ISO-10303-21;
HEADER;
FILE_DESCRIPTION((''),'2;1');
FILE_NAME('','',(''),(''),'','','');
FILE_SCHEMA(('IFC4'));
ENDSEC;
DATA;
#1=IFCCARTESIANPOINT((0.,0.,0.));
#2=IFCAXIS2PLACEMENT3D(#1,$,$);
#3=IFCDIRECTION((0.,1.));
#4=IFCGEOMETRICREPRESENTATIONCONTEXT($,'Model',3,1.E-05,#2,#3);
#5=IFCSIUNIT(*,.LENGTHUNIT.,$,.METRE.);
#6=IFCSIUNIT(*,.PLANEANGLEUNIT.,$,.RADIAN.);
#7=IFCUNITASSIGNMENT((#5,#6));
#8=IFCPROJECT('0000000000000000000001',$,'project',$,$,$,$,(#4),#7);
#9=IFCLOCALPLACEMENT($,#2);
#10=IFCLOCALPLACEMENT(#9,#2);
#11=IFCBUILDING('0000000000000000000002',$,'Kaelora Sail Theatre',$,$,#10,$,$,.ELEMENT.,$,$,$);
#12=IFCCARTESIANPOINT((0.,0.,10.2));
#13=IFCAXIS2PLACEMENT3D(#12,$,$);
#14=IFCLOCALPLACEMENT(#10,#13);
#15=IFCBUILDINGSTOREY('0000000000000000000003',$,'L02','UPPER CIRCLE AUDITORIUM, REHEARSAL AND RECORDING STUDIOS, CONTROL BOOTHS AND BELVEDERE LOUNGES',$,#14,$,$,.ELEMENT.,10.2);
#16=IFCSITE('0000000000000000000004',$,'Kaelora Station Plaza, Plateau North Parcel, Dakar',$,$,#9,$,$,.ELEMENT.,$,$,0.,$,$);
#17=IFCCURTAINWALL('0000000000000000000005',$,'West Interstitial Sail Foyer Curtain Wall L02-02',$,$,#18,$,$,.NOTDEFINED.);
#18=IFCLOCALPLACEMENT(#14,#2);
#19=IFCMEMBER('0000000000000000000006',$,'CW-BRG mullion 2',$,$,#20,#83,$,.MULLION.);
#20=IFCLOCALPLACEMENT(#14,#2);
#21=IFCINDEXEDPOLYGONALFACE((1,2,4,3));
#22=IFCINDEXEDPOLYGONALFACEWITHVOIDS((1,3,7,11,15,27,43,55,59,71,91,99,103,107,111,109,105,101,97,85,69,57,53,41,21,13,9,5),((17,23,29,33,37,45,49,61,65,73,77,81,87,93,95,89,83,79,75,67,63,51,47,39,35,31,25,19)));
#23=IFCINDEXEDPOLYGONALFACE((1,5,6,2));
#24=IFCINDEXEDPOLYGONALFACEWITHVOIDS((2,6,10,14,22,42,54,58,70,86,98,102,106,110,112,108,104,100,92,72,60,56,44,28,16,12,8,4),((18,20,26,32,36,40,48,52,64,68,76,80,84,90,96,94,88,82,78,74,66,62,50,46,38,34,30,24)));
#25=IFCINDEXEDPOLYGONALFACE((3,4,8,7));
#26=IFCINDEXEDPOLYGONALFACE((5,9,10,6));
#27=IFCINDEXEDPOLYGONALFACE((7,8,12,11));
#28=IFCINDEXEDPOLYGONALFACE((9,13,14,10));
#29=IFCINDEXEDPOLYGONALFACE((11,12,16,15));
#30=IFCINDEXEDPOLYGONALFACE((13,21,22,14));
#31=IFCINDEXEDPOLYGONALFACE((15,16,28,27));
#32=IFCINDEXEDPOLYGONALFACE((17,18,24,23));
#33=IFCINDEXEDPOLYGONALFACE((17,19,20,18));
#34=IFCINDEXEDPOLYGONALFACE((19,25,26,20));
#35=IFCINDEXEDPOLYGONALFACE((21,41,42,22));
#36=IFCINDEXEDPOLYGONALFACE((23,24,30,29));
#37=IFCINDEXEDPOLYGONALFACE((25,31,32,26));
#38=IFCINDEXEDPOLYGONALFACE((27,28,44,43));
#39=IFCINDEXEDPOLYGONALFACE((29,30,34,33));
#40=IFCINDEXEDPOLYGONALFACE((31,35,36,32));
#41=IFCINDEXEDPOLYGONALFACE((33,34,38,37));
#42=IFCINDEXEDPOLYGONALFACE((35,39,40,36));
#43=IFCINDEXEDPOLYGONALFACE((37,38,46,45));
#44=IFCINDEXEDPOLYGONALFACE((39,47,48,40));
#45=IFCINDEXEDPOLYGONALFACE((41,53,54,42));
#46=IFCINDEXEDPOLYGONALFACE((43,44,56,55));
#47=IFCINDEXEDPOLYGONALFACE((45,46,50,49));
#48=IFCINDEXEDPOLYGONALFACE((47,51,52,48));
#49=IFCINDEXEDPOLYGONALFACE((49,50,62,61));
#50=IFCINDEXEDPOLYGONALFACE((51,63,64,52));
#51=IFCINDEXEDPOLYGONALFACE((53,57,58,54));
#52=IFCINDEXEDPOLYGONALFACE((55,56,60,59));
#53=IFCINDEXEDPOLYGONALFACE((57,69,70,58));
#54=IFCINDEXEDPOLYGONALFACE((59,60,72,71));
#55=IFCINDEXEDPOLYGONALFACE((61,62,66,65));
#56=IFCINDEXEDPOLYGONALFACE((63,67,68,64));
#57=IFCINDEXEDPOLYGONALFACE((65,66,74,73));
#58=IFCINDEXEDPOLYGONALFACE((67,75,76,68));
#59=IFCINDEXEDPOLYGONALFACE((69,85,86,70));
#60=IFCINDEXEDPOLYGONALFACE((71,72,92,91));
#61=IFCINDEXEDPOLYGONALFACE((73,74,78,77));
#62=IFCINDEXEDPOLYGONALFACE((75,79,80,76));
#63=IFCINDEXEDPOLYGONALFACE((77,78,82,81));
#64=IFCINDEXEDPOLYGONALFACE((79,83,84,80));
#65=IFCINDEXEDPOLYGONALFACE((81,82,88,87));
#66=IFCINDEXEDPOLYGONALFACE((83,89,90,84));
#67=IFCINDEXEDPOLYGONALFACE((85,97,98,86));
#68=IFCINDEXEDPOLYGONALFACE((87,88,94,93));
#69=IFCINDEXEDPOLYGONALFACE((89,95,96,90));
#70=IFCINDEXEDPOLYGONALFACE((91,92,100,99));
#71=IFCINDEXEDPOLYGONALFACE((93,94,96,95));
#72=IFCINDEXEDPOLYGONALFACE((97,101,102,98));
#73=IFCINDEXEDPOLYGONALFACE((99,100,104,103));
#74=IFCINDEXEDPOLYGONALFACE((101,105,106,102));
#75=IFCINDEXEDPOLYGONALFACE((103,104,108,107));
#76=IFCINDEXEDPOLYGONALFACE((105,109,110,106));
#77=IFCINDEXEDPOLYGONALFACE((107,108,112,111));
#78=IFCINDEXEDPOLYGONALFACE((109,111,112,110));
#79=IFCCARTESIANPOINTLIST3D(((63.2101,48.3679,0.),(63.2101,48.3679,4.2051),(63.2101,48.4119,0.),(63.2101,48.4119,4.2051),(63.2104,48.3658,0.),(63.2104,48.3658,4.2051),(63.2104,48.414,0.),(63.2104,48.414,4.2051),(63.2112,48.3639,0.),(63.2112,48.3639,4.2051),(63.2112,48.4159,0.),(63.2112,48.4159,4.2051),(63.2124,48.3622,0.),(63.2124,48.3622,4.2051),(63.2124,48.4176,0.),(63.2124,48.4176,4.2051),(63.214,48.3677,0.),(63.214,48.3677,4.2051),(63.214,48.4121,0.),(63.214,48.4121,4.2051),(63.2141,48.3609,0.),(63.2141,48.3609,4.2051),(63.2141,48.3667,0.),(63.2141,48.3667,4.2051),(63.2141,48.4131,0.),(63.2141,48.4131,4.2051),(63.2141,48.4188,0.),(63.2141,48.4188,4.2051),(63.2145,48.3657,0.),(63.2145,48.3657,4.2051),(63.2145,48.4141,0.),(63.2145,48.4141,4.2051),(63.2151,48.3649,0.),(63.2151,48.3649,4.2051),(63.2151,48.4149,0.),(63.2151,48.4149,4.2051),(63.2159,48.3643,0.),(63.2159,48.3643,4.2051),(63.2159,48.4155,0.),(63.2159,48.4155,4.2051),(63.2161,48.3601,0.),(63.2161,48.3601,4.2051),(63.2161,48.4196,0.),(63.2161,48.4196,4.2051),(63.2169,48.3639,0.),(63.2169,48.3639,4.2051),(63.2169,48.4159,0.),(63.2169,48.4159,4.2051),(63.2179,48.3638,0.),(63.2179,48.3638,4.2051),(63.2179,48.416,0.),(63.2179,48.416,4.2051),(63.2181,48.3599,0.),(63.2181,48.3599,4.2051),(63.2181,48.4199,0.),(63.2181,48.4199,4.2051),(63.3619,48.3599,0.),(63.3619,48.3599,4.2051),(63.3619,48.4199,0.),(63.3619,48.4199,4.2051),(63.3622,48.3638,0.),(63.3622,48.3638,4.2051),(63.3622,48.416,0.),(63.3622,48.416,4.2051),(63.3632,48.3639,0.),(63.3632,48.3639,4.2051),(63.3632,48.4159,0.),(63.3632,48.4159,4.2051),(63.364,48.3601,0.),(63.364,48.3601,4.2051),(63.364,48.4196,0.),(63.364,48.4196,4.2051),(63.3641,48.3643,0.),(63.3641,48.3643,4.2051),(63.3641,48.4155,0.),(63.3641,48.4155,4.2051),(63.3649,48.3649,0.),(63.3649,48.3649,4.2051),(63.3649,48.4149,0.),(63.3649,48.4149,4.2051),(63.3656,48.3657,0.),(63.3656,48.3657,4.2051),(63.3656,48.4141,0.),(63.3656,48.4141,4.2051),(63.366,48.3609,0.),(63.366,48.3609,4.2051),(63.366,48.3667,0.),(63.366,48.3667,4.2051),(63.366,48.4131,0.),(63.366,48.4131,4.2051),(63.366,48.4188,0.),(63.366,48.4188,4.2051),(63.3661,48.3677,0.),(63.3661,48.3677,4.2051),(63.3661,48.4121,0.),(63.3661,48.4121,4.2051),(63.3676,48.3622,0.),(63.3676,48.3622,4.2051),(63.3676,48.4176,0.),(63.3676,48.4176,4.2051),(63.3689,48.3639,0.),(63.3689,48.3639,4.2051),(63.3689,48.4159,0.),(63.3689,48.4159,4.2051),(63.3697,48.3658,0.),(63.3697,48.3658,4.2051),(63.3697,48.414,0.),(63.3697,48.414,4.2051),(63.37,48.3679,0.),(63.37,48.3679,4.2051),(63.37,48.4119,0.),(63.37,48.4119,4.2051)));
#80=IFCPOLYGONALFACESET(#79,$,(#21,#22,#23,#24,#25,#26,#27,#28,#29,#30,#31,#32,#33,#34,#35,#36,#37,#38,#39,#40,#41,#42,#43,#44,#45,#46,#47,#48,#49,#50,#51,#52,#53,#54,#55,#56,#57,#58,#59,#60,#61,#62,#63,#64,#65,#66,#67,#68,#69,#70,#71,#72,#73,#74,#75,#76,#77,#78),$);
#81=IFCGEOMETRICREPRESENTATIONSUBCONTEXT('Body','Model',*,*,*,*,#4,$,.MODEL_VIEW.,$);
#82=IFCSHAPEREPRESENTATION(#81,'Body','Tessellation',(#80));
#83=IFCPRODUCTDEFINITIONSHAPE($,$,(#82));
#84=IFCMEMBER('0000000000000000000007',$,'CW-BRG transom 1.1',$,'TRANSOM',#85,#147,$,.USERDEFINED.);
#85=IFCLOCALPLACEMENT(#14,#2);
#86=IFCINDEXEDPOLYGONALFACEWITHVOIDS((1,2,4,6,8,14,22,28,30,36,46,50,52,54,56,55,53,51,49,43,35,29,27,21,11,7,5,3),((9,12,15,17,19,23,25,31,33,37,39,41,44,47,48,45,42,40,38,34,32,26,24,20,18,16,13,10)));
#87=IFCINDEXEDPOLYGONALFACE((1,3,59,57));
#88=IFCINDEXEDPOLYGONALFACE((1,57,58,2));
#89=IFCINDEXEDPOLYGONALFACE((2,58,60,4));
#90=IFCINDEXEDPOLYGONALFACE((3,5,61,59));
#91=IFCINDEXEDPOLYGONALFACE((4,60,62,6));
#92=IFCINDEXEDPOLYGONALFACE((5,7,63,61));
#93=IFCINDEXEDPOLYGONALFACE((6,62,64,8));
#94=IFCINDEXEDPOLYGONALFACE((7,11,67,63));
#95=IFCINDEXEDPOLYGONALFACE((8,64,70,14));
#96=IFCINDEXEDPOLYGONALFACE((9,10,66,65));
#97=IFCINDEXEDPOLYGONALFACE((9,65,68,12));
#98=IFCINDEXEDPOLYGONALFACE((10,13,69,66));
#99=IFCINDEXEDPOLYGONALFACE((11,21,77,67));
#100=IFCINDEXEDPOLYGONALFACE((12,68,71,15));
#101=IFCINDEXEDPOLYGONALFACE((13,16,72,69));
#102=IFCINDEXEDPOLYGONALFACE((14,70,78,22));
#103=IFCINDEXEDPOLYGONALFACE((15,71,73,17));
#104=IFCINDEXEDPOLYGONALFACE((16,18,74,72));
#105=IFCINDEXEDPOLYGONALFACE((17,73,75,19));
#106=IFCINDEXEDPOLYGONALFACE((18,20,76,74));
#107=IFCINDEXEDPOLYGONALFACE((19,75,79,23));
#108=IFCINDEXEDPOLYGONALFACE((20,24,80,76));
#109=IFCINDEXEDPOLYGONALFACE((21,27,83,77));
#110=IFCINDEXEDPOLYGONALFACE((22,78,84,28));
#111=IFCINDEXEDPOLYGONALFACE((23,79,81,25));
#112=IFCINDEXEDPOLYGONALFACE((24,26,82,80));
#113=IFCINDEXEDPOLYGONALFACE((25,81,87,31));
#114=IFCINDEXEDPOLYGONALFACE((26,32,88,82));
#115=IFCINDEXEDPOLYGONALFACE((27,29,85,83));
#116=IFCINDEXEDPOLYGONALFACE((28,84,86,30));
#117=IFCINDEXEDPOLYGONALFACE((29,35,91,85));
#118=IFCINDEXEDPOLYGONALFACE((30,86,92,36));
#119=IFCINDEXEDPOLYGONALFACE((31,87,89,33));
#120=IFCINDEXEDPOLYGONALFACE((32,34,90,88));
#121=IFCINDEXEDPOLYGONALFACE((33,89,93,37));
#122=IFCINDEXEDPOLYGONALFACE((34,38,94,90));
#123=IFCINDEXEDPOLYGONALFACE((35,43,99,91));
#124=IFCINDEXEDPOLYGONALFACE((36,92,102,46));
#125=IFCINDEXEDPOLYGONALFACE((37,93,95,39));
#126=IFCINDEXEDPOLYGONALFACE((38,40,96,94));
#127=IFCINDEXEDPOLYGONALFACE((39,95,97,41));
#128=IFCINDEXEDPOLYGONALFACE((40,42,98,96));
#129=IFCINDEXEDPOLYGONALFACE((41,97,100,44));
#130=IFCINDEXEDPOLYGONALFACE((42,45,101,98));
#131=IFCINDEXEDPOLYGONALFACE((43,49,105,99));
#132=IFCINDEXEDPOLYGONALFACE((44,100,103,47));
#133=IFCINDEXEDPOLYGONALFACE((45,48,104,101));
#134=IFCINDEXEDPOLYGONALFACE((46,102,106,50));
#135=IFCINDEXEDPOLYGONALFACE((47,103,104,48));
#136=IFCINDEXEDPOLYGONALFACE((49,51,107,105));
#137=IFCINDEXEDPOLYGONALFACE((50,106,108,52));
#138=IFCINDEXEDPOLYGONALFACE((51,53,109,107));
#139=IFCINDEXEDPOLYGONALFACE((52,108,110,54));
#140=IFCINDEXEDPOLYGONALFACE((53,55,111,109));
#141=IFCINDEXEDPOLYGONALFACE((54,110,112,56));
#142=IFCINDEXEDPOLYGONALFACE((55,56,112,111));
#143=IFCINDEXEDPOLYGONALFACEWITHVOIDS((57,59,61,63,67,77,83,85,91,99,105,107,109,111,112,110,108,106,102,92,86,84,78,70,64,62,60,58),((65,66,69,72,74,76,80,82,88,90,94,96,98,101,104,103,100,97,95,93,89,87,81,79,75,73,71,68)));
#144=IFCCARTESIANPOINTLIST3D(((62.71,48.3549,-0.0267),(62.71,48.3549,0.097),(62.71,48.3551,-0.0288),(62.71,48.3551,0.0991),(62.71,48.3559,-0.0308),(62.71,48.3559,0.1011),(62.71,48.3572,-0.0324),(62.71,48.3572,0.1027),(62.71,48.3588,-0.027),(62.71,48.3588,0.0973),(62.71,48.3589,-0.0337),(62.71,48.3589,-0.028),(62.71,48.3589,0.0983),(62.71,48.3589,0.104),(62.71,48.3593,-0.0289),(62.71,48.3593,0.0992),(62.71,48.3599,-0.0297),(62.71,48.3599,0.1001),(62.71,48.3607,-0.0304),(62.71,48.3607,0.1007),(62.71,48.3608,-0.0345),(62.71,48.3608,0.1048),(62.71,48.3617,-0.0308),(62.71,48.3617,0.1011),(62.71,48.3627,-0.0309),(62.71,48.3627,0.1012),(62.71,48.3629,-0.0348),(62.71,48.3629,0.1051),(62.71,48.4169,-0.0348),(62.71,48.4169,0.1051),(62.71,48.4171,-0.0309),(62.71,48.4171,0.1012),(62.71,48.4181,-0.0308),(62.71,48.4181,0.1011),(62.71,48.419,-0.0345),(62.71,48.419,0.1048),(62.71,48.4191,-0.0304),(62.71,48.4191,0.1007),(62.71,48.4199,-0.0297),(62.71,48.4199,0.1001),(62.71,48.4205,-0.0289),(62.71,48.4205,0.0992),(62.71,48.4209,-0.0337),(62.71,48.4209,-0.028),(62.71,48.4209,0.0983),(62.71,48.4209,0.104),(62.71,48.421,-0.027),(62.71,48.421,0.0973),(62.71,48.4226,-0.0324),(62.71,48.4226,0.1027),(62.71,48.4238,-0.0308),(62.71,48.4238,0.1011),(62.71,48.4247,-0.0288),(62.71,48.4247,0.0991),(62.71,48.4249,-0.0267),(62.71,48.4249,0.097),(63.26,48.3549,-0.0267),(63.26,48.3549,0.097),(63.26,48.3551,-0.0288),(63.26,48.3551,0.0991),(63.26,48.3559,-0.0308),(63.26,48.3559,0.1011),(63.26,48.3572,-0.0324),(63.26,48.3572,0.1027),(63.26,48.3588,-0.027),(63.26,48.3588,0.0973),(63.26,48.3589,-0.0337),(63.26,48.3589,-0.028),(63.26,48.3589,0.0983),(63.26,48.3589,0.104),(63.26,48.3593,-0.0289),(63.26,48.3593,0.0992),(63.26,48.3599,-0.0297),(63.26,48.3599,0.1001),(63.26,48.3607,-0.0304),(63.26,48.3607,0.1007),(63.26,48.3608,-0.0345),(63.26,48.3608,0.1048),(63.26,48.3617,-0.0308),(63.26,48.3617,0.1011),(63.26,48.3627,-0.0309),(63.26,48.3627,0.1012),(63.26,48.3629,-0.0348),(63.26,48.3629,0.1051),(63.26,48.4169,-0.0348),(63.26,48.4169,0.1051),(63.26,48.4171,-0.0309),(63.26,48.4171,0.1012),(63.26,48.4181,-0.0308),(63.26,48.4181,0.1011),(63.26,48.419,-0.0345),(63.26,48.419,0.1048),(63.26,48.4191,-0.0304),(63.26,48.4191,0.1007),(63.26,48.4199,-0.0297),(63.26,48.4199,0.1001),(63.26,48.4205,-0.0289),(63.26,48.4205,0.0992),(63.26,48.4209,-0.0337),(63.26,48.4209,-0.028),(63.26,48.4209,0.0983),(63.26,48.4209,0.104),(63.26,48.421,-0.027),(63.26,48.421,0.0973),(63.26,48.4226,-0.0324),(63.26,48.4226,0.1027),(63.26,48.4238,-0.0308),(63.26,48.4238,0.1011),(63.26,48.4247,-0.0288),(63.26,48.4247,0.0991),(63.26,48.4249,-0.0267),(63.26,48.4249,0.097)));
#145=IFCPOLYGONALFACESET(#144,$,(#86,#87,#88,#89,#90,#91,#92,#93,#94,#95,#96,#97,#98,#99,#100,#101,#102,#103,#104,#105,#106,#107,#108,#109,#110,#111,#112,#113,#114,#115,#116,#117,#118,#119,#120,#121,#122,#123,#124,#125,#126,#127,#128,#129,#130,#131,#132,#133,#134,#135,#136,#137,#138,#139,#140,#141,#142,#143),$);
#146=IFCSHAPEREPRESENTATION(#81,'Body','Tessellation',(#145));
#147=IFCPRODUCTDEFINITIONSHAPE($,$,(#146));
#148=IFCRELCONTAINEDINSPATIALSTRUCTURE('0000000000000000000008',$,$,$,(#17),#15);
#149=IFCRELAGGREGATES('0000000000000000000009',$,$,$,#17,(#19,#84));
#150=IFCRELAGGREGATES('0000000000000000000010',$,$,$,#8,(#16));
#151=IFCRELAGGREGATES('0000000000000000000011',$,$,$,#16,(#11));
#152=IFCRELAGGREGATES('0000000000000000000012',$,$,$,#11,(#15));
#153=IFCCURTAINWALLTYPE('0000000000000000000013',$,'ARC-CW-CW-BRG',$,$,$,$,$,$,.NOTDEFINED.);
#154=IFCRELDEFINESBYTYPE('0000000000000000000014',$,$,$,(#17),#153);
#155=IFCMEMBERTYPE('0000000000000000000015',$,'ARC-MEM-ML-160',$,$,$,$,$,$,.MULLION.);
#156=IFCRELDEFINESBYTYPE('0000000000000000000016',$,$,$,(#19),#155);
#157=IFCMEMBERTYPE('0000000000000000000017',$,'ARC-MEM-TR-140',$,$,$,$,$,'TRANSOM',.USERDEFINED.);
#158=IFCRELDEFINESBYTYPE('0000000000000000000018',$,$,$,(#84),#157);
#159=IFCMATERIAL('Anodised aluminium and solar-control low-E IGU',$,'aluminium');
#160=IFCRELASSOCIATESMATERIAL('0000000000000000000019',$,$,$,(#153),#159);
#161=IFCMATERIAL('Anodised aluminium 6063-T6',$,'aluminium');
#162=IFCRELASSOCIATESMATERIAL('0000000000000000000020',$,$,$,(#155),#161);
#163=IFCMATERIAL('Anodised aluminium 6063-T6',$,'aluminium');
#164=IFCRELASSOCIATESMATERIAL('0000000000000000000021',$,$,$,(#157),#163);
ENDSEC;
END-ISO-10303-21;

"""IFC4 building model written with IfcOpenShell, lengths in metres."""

from ifc_helpers import new_model, si_unit, direction, frame, origin, origin_2d, place, context, subcontext, project, spatial, hollow_rectangle, extrude, material, material_profile, profile_set, type_object, element, aggregate, save


model = new_model("IFC4")

# Units and contexts
model_context = context("Model", 3, precision=1e-05, world=origin(), true_north=direction((0.0, 1.0)))
body_context = subcontext(model_context, "Body", "Model", "MODEL_VIEW")
ifc_project = project(units=[si_unit("LENGTHUNIT", "METRE"), si_unit("PLANEANGLEUNIT", "RADIAN")], contexts=[model_context])

# Site, building, storey
site_placement = place(None, origin())
site = spatial("IfcSite", under=ifc_project, at=site_placement, Name="Kaelora Station Plaza, Plateau North Parcel, Dakar", CompositionType="ELEMENT", RefElevation=0.0)
building_placement = place(site_placement, origin())
building = spatial("IfcBuilding", under=site, at=building_placement, Name="Kaelora Sail Theatre", CompositionType="ELEMENT")
storey_placement = place(building_placement, frame((0.0, 0.0, 10.2)))
storey = spatial("IfcBuildingStorey", under=building, at=storey_placement, Name="L02", Description="UPPER CIRCLE AUDITORIUM, REHEARSAL AND RECORDING STUDIOS, CONTROL BOOTHS AND BELVEDERE LOUNGES", CompositionType="ELEMENT", Elevation=10.2)

# Shared definitions
ifc_material_1 = material(Name="Anodised aluminium and solar-control low-E IGU", Category="aluminium")
curtain_wall_type = type_object("IfcCurtainWallType", Name="ARC-CW-CW-BRG", PredefinedType="NOTDEFINED", material=ifc_material_1)
ifc_material_2 = material(Name="Anodised aluminium 6063-T6", Category="aluminium")
ifc_material_profile_1 = material_profile(ifc_material_2, hollow_rectangle(XDim=0.0601, YDim=0.1599, WallThickness=0.0039, InnerFilletRadius=0.0039, OuterFilletRadius=0.0081, at=origin_2d()), Name="ALU-MULL 60x160x4")
ifc_profile_set_1 = profile_set([ifc_material_profile_1], Name="Anodised aluminium 6063-T6")
member_type_1 = type_object("IfcMemberType", Name="ARC-MEM-ML-160", PredefinedType="MULLION", material=ifc_profile_set_1)

# Curtain wall, members
curtain_wall_1_placement = place(storey_placement, origin())
curtain_wall_1 = element("IfcCurtainWall", 1, at=curtain_wall_1_placement, inside=storey, type_object=curtain_wall_type, Name="West Interstitial Sail Foyer Curtain Wall L02-02", PredefinedType="NOTDEFINED")
member_1_placement = place(storey_placement, frame((63.29, 48.3899, 0.0), z_axis=(0.0, 0.0, 1.0), x_axis=(0.0, 1.0, 0.0)))
member_1 = element("IfcMember", 2, at=member_1_placement, type_object=member_type_1, Name="CW-BRG mullion 2", PredefinedType="MULLION", context=body_context, shape_type="SweptSolid", body=[
    extrude(hollow_rectangle(XDim=0.0601, YDim=0.1599, WallThickness=0.0039, InnerFilletRadius=0.0039, OuterFilletRadius=0.0081, at=origin_2d()), origin(), (0.0, 0.0, 1.0), 4.2051),
])
ifc_material_3 = material(Name="Anodised aluminium 6063-T6", Category="aluminium")
ifc_material_profile_2 = material_profile(ifc_material_3, hollow_rectangle(XDim=0.0701, YDim=0.1399, WallThickness=0.0039, InnerFilletRadius=0.0039, OuterFilletRadius=0.0081, at=origin_2d()), Name="ALU-TRAN 70x140x4")
ifc_profile_set_2 = profile_set([ifc_material_profile_2], Name="Anodised aluminium 6063-T6")
member_type_2 = type_object("IfcMemberType", Name="ARC-MEM-TR-140", ElementType="TRANSOM", PredefinedType="USERDEFINED", material=ifc_profile_set_2)
member_2_placement = place(storey_placement, frame((62.71, 48.3899, 0.0352), z_axis=(1.0, 0.0, 0.0), x_axis=(0.0, 1.0, 0.0)))
member_2 = element("IfcMember", 3, at=member_2_placement, type_object=member_type_2, Name="CW-BRG transom 1.1", ObjectType="TRANSOM", PredefinedType="USERDEFINED", context=body_context, shape_type="SweptSolid", body=[
    extrude(hollow_rectangle(XDim=0.0701, YDim=0.1399, WallThickness=0.0039, InnerFilletRadius=0.0039, OuterFilletRadius=0.0081, at=origin_2d()), origin(), (0.0, 0.0, 1.0), 0.55),
])

aggregate(curtain_wall_1, [member_1, member_2])

save(model, "model.ifc")
